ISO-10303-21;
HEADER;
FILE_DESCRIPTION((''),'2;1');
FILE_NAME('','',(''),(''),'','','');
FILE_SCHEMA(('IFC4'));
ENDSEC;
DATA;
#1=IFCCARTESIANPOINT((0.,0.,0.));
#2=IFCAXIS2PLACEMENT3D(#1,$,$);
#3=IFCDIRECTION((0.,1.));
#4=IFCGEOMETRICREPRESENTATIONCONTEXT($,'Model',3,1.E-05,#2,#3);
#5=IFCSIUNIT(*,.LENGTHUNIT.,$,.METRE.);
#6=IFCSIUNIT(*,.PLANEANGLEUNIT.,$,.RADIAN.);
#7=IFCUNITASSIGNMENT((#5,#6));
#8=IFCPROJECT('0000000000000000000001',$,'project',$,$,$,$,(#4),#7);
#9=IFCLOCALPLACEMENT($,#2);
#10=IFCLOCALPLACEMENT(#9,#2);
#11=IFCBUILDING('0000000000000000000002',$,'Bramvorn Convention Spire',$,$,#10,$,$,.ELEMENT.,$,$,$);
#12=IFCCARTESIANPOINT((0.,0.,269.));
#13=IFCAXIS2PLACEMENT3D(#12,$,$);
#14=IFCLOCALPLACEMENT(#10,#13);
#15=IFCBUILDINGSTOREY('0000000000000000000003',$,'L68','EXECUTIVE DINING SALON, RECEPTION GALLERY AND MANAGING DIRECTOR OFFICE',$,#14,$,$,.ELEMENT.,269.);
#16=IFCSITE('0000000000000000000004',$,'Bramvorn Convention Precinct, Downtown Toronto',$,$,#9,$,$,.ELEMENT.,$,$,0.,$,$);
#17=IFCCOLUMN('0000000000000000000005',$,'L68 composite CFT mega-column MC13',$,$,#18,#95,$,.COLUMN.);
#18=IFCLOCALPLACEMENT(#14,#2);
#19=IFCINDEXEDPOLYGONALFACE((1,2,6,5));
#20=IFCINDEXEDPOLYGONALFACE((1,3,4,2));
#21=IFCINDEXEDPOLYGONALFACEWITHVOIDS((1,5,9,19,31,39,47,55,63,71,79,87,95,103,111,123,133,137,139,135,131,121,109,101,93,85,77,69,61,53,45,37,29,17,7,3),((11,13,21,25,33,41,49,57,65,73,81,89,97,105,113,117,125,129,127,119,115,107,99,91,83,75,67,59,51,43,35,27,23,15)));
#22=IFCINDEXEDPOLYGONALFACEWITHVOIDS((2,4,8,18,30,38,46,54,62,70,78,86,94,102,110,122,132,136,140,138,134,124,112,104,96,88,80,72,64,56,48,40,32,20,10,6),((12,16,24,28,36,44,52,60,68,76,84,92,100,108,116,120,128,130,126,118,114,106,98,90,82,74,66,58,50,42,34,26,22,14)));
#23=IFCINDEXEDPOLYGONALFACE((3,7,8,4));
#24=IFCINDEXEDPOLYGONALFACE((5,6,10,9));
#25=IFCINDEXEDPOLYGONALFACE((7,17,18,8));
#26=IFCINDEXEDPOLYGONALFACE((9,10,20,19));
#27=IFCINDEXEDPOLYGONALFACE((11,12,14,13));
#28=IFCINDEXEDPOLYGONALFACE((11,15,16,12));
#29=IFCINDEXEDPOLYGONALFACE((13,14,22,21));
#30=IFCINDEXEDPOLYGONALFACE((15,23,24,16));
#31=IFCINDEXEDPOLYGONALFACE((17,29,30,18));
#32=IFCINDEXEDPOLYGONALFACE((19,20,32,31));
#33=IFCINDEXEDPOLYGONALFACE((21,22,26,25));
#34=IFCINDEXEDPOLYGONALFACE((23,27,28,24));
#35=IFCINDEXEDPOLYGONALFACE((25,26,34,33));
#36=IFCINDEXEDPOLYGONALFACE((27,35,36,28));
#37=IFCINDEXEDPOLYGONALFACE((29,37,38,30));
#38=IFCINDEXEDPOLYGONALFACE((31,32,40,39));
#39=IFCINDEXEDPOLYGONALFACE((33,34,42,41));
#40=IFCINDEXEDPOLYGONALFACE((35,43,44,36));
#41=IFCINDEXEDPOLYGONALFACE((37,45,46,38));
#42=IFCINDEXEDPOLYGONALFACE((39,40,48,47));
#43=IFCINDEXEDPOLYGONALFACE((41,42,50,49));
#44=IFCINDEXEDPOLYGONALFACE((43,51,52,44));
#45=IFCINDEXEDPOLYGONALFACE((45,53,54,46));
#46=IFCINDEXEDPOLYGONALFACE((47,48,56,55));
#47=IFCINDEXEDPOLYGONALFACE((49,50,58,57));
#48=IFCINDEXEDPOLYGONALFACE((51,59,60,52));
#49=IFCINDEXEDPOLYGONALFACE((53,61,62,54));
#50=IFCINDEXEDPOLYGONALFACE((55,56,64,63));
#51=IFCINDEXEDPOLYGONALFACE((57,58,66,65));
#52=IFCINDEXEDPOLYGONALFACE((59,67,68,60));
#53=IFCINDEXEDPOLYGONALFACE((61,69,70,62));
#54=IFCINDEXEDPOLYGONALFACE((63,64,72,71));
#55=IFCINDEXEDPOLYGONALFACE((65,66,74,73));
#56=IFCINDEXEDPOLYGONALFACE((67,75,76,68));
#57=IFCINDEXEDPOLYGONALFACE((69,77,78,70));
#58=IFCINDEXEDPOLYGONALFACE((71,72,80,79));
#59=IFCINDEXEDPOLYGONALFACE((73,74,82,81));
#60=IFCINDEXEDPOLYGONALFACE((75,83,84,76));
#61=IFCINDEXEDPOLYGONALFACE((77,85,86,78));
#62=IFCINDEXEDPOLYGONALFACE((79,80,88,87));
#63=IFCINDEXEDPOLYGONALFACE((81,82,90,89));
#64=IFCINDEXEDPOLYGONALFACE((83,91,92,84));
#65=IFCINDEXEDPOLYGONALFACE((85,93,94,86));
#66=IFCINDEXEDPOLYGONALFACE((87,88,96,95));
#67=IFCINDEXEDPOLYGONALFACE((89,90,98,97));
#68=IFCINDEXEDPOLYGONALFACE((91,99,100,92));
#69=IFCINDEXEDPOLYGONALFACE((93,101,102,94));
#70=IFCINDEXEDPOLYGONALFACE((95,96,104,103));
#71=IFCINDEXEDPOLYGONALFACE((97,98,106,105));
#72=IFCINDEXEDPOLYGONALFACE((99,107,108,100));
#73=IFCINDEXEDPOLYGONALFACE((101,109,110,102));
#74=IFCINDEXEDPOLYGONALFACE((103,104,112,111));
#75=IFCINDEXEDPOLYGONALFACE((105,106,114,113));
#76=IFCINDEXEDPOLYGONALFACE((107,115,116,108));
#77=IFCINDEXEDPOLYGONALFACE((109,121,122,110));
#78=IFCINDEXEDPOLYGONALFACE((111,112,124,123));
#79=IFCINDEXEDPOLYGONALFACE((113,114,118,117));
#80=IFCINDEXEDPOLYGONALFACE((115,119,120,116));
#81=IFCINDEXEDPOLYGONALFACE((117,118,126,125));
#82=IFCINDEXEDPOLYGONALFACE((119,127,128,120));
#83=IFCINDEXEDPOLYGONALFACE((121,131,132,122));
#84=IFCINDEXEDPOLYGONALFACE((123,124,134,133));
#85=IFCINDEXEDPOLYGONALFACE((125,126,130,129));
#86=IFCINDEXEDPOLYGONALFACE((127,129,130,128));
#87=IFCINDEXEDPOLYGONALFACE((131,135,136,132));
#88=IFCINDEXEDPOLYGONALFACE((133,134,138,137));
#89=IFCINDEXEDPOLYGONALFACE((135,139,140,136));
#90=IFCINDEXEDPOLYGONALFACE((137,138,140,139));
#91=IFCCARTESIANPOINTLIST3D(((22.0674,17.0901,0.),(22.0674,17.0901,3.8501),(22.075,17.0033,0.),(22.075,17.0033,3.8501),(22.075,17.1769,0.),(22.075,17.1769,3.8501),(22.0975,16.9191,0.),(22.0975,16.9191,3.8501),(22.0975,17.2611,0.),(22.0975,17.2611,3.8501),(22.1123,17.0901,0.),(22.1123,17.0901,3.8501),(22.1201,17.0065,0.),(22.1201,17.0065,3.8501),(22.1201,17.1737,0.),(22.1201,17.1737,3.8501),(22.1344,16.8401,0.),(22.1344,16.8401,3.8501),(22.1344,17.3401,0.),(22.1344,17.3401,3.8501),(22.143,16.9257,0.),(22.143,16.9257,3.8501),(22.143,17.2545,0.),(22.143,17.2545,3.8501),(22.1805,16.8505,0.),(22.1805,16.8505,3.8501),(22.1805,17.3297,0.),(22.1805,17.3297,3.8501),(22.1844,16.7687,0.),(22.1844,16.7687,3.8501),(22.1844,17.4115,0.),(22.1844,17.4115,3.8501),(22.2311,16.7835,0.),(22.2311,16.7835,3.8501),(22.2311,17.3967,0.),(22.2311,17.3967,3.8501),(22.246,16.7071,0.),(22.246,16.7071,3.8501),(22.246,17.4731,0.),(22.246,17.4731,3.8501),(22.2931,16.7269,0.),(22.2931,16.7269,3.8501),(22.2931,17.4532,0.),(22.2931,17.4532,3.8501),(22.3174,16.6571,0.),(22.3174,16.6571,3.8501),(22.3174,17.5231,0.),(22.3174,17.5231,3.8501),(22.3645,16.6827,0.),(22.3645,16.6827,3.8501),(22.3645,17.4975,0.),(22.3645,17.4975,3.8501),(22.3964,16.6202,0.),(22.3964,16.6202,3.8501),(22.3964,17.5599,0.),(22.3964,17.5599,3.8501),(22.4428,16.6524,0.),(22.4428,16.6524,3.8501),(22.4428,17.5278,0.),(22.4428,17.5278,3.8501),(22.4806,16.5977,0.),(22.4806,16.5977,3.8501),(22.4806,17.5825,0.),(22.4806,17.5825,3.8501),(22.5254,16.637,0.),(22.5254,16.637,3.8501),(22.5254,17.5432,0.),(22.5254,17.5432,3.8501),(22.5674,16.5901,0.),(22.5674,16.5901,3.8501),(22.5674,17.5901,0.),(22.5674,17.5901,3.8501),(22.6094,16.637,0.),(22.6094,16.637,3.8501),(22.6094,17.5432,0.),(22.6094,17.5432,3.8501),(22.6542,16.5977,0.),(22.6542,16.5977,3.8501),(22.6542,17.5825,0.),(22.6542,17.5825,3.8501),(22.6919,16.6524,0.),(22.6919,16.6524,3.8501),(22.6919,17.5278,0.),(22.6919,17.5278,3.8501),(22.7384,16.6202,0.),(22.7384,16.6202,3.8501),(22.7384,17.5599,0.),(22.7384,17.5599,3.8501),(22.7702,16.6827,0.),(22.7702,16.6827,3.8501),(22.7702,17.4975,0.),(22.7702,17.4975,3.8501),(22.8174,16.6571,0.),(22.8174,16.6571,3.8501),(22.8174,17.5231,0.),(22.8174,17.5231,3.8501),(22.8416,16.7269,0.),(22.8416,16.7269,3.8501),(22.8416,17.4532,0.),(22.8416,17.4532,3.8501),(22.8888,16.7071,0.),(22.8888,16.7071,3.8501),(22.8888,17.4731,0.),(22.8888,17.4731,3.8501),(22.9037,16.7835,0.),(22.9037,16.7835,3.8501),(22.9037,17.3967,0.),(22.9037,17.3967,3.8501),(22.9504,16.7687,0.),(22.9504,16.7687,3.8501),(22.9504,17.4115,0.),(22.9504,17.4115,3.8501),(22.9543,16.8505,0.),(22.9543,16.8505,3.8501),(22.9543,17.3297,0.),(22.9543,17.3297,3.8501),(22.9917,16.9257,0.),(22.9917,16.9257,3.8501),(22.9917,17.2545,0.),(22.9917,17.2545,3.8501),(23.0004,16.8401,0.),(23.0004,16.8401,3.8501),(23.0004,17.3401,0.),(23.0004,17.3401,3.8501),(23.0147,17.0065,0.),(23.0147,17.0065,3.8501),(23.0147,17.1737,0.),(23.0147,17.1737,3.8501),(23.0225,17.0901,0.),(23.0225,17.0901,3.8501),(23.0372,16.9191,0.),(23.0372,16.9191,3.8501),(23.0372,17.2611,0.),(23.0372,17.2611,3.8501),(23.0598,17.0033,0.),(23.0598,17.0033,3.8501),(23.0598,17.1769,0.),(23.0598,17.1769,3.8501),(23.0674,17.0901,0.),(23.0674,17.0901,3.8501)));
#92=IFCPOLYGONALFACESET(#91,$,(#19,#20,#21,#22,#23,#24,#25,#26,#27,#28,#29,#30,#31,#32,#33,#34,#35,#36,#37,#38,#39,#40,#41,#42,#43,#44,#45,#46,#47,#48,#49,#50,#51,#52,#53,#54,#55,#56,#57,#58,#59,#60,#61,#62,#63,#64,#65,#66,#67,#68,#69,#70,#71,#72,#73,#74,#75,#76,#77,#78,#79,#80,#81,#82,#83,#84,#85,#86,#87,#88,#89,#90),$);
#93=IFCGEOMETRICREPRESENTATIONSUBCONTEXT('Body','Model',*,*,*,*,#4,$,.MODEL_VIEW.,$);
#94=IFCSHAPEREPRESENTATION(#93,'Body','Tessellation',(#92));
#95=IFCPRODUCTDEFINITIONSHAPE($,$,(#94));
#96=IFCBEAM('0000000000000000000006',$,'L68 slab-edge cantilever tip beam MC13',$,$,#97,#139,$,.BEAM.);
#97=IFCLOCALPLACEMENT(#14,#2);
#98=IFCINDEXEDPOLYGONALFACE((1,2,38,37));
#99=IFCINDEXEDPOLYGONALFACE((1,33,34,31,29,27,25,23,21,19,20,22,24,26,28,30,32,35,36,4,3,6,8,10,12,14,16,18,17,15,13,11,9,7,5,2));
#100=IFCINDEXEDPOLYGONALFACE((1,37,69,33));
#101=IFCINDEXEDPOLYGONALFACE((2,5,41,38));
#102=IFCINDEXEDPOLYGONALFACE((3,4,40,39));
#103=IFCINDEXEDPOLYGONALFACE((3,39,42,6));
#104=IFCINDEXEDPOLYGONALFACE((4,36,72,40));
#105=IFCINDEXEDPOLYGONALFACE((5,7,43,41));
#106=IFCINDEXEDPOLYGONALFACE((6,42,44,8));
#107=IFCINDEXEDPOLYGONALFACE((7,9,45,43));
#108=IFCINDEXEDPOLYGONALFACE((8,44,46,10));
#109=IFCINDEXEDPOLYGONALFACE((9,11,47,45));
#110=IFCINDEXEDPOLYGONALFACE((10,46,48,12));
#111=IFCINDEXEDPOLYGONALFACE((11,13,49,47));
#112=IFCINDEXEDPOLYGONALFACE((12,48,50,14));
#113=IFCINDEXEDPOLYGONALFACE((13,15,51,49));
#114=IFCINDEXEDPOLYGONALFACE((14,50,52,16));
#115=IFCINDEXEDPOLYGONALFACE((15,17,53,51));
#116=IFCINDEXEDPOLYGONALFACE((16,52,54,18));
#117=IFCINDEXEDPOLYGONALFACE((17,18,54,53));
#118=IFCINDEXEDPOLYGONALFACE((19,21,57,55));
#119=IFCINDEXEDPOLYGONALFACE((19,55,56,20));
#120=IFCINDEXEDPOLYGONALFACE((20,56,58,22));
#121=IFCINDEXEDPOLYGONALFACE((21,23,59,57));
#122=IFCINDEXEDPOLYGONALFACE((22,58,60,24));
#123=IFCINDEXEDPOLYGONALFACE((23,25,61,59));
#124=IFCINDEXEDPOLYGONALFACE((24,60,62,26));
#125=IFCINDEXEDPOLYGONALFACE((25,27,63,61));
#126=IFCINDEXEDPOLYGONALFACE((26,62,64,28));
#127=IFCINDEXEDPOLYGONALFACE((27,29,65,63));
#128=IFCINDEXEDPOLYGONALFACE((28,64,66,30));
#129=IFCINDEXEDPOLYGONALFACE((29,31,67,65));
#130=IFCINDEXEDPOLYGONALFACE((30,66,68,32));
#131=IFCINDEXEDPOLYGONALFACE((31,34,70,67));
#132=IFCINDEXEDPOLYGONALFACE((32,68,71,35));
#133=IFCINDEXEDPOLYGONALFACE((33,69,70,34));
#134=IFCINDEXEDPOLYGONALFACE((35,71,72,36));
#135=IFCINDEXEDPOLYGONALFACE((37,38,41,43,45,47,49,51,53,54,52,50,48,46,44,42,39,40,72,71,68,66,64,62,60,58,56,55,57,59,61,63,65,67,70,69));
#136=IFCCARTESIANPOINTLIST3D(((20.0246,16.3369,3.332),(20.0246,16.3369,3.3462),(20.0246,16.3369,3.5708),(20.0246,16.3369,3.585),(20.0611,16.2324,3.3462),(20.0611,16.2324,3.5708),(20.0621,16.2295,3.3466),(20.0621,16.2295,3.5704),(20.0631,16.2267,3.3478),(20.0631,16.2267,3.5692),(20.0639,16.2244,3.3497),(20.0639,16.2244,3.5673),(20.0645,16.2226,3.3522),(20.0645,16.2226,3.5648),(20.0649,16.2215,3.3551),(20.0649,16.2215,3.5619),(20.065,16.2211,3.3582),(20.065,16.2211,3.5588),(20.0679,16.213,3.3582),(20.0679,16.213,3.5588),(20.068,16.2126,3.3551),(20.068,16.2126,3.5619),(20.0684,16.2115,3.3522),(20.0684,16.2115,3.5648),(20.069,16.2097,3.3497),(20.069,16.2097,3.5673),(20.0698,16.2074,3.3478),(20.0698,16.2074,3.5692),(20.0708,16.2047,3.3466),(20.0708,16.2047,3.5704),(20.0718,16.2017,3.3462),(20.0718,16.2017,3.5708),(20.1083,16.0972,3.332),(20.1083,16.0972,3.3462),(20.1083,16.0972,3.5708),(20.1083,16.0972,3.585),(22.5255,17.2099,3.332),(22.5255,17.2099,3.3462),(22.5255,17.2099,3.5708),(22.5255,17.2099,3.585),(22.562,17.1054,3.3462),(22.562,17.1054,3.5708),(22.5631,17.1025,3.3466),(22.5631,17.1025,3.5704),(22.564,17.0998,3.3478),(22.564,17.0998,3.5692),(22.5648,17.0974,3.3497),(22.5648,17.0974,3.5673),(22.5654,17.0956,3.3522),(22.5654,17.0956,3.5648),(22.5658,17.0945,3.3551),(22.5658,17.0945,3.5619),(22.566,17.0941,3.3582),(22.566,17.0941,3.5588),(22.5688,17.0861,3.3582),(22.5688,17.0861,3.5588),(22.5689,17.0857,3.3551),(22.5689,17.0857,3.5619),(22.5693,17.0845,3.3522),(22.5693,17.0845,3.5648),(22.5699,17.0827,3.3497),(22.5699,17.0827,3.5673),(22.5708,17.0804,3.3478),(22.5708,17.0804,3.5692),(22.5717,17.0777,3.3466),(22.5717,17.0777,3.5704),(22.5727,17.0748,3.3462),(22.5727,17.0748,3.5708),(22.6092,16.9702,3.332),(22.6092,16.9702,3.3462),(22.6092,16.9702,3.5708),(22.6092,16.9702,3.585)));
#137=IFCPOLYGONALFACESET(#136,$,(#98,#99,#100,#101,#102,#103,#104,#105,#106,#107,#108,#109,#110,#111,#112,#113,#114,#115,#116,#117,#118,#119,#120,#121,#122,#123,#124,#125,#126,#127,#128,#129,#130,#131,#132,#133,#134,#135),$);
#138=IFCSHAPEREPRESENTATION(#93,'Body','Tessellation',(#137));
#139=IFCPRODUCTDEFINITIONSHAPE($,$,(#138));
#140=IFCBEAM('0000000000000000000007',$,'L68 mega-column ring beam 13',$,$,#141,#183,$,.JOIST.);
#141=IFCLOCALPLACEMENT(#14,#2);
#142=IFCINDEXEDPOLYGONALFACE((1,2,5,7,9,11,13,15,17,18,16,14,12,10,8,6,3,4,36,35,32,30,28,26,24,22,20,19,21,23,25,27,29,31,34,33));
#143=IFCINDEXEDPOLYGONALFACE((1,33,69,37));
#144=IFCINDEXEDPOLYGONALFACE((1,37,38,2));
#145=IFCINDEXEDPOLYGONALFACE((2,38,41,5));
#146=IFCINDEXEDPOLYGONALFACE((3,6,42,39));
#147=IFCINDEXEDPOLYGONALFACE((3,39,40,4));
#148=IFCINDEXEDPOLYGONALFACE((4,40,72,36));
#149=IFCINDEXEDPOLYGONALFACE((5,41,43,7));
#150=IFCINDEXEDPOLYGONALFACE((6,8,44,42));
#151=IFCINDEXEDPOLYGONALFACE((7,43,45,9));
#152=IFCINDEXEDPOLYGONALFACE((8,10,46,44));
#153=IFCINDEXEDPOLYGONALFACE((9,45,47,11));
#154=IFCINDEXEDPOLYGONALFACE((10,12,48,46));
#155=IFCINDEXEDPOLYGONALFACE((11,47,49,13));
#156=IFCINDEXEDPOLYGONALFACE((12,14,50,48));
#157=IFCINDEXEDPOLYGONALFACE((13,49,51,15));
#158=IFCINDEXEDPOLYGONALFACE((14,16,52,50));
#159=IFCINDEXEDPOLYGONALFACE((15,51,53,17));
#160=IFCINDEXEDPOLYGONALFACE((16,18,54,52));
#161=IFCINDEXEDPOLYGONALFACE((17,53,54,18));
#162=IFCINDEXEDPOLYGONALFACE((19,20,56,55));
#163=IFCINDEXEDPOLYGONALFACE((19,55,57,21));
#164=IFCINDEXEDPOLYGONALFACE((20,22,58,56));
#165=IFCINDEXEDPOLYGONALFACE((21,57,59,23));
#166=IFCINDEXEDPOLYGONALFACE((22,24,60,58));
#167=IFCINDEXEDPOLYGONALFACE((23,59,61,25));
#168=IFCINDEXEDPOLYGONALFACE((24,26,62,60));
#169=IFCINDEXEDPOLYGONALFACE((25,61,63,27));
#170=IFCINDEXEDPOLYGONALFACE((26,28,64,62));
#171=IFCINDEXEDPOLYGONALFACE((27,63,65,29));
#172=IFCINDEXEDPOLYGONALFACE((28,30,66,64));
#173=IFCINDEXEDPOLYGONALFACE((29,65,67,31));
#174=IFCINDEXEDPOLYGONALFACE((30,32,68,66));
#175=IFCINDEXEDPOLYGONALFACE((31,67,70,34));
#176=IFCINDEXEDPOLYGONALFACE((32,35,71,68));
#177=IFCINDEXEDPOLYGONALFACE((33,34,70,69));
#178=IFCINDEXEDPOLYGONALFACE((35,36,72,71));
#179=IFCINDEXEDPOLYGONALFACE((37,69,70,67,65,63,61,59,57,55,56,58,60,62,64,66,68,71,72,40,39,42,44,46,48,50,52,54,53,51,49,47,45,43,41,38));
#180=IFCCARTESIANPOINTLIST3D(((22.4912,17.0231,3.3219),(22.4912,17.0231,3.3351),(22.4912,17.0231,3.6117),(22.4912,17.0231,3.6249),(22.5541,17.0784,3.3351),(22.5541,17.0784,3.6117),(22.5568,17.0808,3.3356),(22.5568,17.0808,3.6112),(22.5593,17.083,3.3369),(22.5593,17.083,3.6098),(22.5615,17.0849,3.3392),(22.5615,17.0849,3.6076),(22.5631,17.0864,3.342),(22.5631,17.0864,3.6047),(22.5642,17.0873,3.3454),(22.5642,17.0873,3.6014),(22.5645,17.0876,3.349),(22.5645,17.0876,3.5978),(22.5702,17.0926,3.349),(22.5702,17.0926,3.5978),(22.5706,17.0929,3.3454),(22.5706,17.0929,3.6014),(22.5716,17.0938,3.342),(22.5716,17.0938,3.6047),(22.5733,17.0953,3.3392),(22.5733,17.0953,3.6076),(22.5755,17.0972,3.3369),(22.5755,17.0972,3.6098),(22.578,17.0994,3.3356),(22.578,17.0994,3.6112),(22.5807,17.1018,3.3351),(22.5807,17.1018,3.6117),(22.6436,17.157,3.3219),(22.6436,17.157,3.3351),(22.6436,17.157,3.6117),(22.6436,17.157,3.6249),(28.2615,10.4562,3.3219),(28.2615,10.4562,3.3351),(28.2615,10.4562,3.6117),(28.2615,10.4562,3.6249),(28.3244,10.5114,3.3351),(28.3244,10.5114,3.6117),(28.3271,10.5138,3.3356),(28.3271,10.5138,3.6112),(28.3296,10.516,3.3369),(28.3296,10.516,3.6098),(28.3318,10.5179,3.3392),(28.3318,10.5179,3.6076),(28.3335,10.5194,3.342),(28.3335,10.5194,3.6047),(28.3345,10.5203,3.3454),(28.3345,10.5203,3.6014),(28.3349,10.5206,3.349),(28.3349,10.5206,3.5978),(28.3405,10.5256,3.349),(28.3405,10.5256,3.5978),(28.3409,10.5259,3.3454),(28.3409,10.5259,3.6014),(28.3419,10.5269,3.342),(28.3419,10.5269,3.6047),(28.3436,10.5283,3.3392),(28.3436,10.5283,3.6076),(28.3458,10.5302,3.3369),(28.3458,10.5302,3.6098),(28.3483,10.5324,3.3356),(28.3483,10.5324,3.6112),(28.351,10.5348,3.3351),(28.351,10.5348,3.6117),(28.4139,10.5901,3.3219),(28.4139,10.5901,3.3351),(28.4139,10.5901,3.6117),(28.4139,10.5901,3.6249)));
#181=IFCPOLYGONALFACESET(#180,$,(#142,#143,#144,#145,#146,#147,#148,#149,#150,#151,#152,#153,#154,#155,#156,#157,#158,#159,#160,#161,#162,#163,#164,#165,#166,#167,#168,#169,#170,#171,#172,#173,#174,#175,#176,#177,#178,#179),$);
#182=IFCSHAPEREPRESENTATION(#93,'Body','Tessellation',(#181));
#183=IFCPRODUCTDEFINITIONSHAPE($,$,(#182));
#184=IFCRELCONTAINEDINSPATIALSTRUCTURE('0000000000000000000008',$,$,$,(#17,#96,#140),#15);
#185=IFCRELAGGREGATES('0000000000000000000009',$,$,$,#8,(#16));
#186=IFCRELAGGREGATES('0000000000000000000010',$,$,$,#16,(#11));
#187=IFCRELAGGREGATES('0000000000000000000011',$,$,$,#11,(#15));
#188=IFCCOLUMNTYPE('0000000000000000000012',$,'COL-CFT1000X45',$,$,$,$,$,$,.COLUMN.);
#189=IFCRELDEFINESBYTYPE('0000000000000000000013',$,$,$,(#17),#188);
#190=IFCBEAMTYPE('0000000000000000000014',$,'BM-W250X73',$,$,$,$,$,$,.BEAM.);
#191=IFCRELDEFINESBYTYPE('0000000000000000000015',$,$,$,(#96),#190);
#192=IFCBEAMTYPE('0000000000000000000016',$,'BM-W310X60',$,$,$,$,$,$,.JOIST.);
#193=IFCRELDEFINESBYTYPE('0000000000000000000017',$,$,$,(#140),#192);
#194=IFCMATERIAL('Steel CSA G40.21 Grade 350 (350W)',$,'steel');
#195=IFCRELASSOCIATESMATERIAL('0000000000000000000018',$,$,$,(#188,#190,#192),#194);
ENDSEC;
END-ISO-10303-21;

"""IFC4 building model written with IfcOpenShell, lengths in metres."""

from ifc_helpers import new_model, si_unit, direction, frame, origin, origin_2d, place, context, subcontext, project, spatial, hollow_circle, i_section, extrude, material, material_profile, profile_set, type_object, element, save


model = new_model("IFC4")

# Units and contexts
model_context = context("Model", 3, precision=1e-05, world=origin(), true_north=direction((0.0, 1.0)))
body_context = subcontext(model_context, "Body", "Model", "MODEL_VIEW")
ifc_project = project(units=[si_unit("LENGTHUNIT", "METRE"), si_unit("PLANEANGLEUNIT", "RADIAN")], contexts=[model_context])

# Site, building, storey
site_placement = place(None, origin())
site = spatial("IfcSite", under=ifc_project, at=site_placement, Name="Bramvorn Convention Precinct, Downtown Toronto", CompositionType="ELEMENT", RefElevation=0.0)
building_placement = place(site_placement, origin())
building = spatial("IfcBuilding", under=site, at=building_placement, Name="Bramvorn Convention Spire", CompositionType="ELEMENT")
storey_placement = place(building_placement, frame((0.0, 0.0, 269.0)))
storey = spatial("IfcBuildingStorey", under=building, at=storey_placement, Name="L68", Description="EXECUTIVE DINING SALON, RECEPTION GALLERY AND MANAGING DIRECTOR OFFICE", CompositionType="ELEMENT", Elevation=269.0)

# Column
ifc_material_1 = material(Name="Steel CSA G40.21 Grade 350 (350W)", Category="steel")
ifc_material_profile_1 = material_profile(ifc_material_1, hollow_circle(Radius=0.5, WallThickness=0.0449, at=origin_2d()))
ifc_profile_set_1 = profile_set([ifc_material_profile_1], Name="Steel CSA G40.21 Grade 350 (350W) - CFT1000X45")
column_type = type_object("IfcColumnType", Name="COL-CFT1000X45", PredefinedType="COLUMN", material=ifc_profile_set_1)
column_placement = place(storey_placement, frame((22.5674, 17.0901, 0.0), z_axis=(0.0, 0.0, 1.0), x_axis=(1.0, 0.0, 0.0)))
element("IfcColumn", 1, at=column_placement, inside=storey, type_object=column_type, Name="L68 composite CFT mega-column MC13", PredefinedType="COLUMN", context=body_context, shape_type="SweptSolid", body=[
    extrude(hollow_circle(Radius=0.5, WallThickness=0.0449, at=origin_2d()), origin(), (0.0, 0.0, 1.0), 3.8501),
])

# Beams
ifc_material_profile_2 = material_profile(ifc_material_1, i_section(OverallWidth=0.2539, OverallDepth=0.2529, WebThickness=0.0085, FlangeThickness=0.0142, FilletRadius=0.012, at=origin_2d()))
ifc_profile_set_2 = profile_set([ifc_material_profile_2], Name="Steel CSA G40.21 Grade 350 (350W) - W250X73")
beam_type_1 = type_object("IfcBeamType", Name="BM-W250X73", PredefinedType="BEAM", material=ifc_profile_set_2)
beam_1_placement = place(storey_placement, frame((22.5674, 17.0901, 3.4585), z_axis=(-0.944128, -0.329579, 0.0), x_axis=(0.329579, -0.944128, 0.0)))
element("IfcBeam", 2, at=beam_1_placement, inside=storey, type_object=beam_type_1, Name="L68 slab-edge cantilever tip beam MC13", PredefinedType="BEAM", context=body_context, shape_type="SweptSolid", body=[
    extrude(i_section(OverallWidth=0.2539, OverallDepth=0.2529, WebThickness=0.0085, FlangeThickness=0.0142, FilletRadius=0.012, at=origin_2d()), origin(), (0.0, 0.0, 1.0), 2.6489),
])
ifc_material_profile_3 = material_profile(ifc_material_1, i_section(OverallWidth=0.2029, OverallDepth=0.303, WebThickness=0.0076, FlangeThickness=0.0132, FilletRadius=0.0139, at=origin_2d()))
ifc_profile_set_3 = profile_set([ifc_material_profile_3], Name="Steel CSA G40.21 Grade 350 (350W) - W310X60")
beam_type_2 = type_object("IfcBeamType", Name="BM-W310X60", PredefinedType="JOIST", material=ifc_profile_set_3)
beam_2_placement = place(storey_placement, frame((22.5674, 17.0901, 3.4734), z_axis=(0.660073, -0.751201, 0.0), x_axis=(0.751201, 0.660073, 0.0)))
element("IfcBeam", 3, at=beam_2_placement, inside=storey, type_object=beam_type_2, Name="L68 mega-column ring beam 13", PredefinedType="JOIST", context=body_context, shape_type="SweptSolid", body=[
    extrude(i_section(OverallWidth=0.2029, OverallDepth=0.303, WebThickness=0.0076, FlangeThickness=0.0132, FilletRadius=0.0139, at=origin_2d()), origin(), (0.0, 0.0, 1.0), 8.7419),
])

save(model, "model.ifc")
